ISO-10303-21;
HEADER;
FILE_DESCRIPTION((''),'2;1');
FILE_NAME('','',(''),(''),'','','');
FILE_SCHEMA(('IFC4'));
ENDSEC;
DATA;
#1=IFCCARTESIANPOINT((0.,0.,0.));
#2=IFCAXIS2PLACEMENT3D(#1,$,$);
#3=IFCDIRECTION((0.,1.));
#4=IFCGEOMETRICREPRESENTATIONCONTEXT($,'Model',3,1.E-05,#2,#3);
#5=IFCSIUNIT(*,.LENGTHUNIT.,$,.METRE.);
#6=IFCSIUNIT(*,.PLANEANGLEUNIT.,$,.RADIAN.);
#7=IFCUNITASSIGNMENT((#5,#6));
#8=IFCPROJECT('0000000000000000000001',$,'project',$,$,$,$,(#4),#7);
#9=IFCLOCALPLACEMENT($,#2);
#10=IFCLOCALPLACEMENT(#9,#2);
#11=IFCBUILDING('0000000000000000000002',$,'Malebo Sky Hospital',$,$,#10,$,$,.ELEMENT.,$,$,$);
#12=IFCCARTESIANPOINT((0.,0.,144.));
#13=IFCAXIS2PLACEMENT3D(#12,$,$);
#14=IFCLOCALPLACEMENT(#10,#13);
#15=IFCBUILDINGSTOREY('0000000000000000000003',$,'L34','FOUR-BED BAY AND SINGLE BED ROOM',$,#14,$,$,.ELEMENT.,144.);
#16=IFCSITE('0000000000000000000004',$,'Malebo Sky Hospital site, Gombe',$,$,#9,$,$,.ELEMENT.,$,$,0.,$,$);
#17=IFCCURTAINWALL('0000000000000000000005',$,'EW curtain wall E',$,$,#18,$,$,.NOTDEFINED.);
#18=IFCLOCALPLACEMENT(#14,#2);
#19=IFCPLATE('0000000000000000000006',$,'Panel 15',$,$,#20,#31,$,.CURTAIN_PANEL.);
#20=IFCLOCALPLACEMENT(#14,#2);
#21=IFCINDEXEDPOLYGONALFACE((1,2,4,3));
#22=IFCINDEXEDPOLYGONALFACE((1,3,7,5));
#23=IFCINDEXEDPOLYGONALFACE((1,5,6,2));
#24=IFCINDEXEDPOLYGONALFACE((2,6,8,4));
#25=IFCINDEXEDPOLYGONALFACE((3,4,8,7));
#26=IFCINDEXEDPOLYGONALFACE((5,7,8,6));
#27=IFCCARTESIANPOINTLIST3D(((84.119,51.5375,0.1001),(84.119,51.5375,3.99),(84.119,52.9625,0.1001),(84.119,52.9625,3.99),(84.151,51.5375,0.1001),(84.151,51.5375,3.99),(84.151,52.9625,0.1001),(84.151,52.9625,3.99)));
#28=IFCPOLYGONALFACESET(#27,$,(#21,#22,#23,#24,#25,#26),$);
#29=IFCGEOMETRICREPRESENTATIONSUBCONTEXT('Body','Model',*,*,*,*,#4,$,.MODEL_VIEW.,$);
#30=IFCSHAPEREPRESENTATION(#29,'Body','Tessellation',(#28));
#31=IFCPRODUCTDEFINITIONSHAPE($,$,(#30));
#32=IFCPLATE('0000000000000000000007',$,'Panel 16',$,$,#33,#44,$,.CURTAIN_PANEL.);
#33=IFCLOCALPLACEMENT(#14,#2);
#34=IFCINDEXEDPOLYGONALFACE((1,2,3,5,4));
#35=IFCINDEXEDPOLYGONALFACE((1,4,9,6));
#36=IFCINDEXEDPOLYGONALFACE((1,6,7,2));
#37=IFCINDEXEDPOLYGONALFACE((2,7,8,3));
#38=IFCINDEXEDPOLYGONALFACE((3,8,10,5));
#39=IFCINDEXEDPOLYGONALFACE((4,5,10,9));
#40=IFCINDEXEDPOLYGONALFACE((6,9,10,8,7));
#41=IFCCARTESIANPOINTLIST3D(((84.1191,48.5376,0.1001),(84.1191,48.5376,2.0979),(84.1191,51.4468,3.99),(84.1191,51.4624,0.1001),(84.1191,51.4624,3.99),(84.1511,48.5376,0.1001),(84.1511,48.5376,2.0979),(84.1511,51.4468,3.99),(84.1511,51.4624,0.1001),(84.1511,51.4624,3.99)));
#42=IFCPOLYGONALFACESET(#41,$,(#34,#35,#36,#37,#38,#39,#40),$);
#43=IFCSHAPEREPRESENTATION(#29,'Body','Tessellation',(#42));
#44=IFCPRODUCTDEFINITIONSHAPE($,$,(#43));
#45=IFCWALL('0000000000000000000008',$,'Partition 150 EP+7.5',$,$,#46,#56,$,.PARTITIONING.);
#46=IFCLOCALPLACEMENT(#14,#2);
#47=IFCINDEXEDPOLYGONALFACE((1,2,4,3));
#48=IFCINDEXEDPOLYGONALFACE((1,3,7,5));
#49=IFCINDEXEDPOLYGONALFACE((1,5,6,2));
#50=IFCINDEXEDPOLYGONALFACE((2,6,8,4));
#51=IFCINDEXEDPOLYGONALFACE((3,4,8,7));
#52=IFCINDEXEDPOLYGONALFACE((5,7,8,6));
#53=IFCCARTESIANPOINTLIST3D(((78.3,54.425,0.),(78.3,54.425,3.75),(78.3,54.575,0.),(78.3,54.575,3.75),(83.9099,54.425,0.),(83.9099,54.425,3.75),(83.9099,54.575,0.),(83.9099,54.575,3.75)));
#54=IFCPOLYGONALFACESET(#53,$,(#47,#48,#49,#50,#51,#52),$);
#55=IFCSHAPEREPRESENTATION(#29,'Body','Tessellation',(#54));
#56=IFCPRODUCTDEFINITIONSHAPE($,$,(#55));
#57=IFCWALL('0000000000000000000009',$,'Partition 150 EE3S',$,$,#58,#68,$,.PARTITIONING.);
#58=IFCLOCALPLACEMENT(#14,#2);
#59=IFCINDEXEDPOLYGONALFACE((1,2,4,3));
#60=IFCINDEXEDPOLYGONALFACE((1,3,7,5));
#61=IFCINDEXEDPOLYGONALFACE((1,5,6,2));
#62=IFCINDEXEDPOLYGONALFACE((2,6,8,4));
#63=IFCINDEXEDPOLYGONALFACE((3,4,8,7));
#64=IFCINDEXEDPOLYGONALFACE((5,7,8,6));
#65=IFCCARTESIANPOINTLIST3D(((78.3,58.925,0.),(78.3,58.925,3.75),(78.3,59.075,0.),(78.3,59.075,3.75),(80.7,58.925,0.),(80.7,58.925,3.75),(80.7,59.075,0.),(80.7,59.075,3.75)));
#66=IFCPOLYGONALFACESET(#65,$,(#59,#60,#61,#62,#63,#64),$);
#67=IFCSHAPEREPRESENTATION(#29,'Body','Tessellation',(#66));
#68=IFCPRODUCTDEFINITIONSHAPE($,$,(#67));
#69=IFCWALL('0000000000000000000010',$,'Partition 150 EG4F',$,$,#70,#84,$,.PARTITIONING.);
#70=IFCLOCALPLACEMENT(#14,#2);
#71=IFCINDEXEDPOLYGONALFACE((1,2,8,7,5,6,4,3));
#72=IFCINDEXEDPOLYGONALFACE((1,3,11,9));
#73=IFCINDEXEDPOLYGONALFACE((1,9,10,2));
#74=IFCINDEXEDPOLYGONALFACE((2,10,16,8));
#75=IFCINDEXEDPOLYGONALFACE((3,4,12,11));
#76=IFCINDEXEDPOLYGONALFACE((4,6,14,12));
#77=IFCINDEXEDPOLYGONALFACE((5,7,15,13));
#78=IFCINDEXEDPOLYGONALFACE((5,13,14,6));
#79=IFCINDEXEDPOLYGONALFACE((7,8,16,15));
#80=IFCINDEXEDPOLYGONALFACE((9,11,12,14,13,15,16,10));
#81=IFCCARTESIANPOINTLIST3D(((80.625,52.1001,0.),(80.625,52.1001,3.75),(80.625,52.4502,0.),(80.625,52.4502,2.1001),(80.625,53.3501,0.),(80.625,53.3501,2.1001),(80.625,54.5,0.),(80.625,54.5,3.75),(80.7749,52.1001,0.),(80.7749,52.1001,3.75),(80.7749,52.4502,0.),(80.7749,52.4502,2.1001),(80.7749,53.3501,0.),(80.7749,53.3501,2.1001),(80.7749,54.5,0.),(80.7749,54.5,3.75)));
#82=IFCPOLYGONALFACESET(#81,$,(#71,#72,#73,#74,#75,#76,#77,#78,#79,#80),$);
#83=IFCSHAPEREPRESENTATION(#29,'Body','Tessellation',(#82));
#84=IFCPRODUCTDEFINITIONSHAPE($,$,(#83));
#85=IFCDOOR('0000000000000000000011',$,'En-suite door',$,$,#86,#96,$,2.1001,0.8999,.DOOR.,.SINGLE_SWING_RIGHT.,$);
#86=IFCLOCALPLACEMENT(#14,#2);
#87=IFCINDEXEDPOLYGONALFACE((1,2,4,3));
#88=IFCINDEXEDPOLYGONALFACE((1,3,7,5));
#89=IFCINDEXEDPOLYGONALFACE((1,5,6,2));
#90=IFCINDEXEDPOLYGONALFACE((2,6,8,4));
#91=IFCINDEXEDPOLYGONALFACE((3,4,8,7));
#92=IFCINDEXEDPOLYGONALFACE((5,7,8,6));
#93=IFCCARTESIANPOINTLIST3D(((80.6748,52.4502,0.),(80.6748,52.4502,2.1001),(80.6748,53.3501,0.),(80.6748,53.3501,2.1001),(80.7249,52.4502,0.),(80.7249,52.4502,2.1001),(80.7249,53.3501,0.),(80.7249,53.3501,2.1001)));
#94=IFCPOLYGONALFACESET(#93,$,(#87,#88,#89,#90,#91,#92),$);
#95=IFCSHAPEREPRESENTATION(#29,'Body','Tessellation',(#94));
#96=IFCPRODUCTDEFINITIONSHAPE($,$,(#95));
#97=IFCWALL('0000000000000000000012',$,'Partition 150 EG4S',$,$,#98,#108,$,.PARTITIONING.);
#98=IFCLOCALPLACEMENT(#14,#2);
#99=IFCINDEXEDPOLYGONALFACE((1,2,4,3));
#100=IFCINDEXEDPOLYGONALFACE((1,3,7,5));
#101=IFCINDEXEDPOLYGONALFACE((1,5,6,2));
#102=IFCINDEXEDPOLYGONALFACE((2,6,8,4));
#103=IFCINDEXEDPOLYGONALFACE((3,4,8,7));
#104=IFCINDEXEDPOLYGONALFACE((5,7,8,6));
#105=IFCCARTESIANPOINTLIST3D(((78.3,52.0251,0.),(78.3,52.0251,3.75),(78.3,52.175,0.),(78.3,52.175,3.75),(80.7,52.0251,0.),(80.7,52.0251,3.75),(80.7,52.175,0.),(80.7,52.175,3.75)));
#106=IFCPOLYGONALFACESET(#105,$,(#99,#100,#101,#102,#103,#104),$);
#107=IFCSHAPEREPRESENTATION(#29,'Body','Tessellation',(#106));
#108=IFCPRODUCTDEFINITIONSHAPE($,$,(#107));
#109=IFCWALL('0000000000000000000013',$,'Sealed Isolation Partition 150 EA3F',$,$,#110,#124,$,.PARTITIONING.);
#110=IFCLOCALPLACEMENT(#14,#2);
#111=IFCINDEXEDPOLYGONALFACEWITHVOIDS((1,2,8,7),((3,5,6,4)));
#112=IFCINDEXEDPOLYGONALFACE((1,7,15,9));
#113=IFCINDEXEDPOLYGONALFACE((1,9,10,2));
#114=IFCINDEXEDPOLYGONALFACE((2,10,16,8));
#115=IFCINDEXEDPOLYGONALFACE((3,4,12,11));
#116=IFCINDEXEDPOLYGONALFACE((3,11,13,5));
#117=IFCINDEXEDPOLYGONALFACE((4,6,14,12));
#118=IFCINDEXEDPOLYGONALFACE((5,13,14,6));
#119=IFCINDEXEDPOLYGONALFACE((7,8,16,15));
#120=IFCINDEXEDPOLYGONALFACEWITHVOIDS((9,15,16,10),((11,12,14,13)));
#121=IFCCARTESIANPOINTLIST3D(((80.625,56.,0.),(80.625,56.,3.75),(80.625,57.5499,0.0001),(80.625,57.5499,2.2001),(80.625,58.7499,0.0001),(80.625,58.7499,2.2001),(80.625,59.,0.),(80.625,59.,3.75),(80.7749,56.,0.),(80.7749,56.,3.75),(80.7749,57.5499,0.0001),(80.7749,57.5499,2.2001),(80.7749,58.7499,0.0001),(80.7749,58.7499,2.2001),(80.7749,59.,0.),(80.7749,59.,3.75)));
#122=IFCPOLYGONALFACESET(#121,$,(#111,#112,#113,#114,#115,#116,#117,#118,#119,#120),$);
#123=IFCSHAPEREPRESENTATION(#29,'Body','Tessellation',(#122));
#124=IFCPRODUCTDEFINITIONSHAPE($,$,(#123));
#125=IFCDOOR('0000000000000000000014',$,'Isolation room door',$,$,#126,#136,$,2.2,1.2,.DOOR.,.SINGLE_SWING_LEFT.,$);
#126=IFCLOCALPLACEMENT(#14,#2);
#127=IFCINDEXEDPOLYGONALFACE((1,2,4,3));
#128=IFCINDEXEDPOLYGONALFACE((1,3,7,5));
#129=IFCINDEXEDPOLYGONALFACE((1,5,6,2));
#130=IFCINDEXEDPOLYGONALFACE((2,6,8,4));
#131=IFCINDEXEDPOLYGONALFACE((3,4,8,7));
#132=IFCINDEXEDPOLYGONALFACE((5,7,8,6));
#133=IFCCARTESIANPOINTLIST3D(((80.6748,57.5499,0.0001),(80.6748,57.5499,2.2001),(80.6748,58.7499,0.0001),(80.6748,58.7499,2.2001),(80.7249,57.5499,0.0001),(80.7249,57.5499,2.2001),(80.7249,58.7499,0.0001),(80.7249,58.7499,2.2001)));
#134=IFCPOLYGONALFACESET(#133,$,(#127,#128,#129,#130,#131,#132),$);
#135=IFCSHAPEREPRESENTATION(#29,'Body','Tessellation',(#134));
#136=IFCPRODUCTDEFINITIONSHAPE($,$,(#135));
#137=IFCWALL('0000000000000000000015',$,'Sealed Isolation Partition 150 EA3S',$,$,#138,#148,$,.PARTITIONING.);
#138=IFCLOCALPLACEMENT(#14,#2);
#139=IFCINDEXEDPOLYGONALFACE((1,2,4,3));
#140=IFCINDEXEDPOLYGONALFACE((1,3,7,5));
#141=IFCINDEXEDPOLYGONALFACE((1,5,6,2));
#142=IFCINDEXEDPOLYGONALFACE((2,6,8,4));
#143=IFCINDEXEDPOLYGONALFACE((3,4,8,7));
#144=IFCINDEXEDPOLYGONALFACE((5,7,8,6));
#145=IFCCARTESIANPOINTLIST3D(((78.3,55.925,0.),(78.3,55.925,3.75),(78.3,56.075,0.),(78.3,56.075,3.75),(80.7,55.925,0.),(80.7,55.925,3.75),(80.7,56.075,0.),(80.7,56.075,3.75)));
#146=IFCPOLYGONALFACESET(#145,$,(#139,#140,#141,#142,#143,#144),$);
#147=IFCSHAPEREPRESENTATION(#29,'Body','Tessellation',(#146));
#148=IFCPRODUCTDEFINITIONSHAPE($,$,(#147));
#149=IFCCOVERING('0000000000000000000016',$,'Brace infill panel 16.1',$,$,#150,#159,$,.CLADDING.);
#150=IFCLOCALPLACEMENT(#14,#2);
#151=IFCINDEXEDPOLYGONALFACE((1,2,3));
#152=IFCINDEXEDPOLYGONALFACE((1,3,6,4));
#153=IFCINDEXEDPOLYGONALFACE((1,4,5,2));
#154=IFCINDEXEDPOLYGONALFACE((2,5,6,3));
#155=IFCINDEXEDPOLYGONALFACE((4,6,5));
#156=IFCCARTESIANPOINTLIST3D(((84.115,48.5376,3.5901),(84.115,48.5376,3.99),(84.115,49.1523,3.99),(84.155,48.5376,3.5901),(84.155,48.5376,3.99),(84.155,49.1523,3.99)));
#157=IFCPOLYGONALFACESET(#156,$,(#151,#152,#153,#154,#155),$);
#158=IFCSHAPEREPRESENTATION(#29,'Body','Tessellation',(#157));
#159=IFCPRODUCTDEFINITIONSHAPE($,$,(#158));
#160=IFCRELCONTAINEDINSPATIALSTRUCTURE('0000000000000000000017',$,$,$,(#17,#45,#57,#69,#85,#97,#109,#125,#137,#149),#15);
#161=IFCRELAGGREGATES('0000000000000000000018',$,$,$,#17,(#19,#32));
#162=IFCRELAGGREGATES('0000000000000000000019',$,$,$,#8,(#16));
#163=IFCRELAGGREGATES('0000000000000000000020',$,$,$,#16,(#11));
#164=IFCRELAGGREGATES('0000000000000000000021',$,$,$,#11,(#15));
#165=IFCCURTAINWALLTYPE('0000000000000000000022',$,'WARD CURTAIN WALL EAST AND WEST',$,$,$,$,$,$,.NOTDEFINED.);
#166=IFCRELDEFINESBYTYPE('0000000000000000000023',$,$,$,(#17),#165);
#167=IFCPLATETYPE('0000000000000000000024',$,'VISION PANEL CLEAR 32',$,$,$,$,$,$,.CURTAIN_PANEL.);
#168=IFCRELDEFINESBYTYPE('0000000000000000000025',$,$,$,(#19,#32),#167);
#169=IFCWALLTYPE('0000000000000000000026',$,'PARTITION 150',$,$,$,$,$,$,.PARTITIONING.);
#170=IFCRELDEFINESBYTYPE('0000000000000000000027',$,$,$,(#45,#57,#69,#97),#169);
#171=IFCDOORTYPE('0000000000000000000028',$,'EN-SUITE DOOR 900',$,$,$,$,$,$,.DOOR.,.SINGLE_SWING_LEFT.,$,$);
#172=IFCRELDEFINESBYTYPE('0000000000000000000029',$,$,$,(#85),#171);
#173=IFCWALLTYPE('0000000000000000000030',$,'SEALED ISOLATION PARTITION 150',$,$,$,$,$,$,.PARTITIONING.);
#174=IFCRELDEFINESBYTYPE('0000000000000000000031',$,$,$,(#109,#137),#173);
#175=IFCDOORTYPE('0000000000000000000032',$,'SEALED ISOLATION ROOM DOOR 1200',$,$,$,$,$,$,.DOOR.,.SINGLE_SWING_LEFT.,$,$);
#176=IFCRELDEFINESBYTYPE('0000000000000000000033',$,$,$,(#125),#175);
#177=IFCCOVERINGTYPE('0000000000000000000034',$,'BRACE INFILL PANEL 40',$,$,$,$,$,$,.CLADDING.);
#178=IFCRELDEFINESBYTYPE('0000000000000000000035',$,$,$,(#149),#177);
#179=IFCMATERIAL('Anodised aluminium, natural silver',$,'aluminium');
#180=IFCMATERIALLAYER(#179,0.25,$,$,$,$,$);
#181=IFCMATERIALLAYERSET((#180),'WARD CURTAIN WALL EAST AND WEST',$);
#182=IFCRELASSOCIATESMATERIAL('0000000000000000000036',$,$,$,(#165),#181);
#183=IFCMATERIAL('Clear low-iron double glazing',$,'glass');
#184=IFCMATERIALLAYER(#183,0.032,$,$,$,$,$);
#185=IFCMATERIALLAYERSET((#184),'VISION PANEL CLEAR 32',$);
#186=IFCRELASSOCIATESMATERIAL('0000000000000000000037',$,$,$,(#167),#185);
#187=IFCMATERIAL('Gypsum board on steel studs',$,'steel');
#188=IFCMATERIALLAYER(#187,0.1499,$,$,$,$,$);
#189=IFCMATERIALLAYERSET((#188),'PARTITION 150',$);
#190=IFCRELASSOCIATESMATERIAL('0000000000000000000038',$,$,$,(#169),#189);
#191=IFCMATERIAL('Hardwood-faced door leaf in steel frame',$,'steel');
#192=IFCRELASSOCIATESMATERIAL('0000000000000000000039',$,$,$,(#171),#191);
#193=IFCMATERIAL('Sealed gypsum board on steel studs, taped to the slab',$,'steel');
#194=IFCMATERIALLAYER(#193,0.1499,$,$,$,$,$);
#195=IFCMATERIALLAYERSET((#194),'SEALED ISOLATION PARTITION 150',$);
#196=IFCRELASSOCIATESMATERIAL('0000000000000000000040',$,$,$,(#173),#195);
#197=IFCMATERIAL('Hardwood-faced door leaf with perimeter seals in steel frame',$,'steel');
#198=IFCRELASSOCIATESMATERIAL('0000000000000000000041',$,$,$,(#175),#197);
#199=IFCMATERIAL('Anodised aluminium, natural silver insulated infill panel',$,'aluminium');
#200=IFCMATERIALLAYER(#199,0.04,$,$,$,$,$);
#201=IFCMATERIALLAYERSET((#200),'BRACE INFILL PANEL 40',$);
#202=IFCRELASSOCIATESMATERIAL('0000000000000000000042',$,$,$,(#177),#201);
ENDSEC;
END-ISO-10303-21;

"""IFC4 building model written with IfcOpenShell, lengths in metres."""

from ifc_helpers import new_model, si_unit, direction, frame, frame_2d, origin, origin_2d, place, context, subcontext, project, spatial, polyline, rectangle, outline, extrude, material, layer, layer_set, type_object, element, fill, aggregate, save


model = new_model("IFC4")

# Units and contexts
model_context = context("Model", 3, precision=1e-05, world=origin(), true_north=direction((0.0, 1.0)))
body_context = subcontext(model_context, "Body", "Model", "MODEL_VIEW")
ifc_project = project(units=[si_unit("LENGTHUNIT", "METRE"), si_unit("PLANEANGLEUNIT", "RADIAN")], contexts=[model_context])

# Site, building, storey
site_placement = place(None, origin())
site = spatial("IfcSite", under=ifc_project, at=site_placement, Name="Malebo Sky Hospital site, Gombe", CompositionType="ELEMENT", RefElevation=0.0)
building_placement = place(site_placement, origin())
building = spatial("IfcBuilding", under=site, at=building_placement, Name="Malebo Sky Hospital", CompositionType="ELEMENT")
storey_placement = place(building_placement, frame((0.0, 0.0, 144.0)))
storey = spatial("IfcBuildingStorey", under=building, at=storey_placement, Name="L34", Description="FOUR-BED BAY AND SINGLE BED ROOM", CompositionType="ELEMENT", Elevation=144.0)

# Curtain wall
ifc_material_1 = material(Name="Anodised aluminium, natural silver", Category="aluminium")
ifc_layer_1 = layer(ifc_material_1, 0.25)
ifc_layer_set_1 = layer_set([ifc_layer_1], Name="WARD CURTAIN WALL EAST AND WEST")
curtain_wall_type = type_object("IfcCurtainWallType", Name="WARD CURTAIN WALL EAST AND WEST", PredefinedType="NOTDEFINED", material=ifc_layer_set_1)
curtain_wall_placement = place(storey_placement, origin())
curtain_wall = element("IfcCurtainWall", 1, at=curtain_wall_placement, inside=storey, type_object=curtain_wall_type, Name="EW curtain wall E", PredefinedType="NOTDEFINED")

# Plates
ifc_material_2 = material(Name="Clear low-iron double glazing", Category="glass")
ifc_layer_2 = layer(ifc_material_2, 0.032)
ifc_layer_set_2 = layer_set([ifc_layer_2], Name="VISION PANEL CLEAR 32")
plate_type = type_object("IfcPlateType", Name="VISION PANEL CLEAR 32", PredefinedType="CURTAIN_PANEL", material=ifc_layer_set_2)
plate_1_placement = place(storey_placement, frame((84.135, 52.25, 0.1001), z_axis=(0.0, 0.0, 1.0), x_axis=(0.0, -1.0, 0.0)))
plate_1 = element("IfcPlate", 2, at=plate_1_placement, type_object=plate_type, Name="Panel 15", PredefinedType="CURTAIN_PANEL", context=body_context, shape_type="SweptSolid", body=[
    extrude(rectangle(XDim=1.425, YDim=0.032, at=origin_2d()), origin(), (0.0, 0.0, 1.0), 3.8899),
])
plate_2_placement = place(storey_placement, frame((84.135, 50.0, 0.1001), z_axis=(0.0, 0.0, 1.0), x_axis=(0.0, -1.0, 0.0)))
plate_2 = element("IfcPlate", 3, at=plate_2_placement, type_object=plate_type, Name="Panel 16", PredefinedType="CURTAIN_PANEL", context=body_context, shape_type="SweptSolid", body=[
    extrude(outline(polyline([(-1.4624, 0.0), (1.4624, 0.0), (1.4624, 1.9978), (-1.4468, 3.8899), (-1.4624, 3.8899), (-1.4624, 0.0)])), frame((0.0, 0.0161, 0.0), z_axis=(0.0, -1.0, 0.0), x_axis=(1.0, 0.0, 0.0)), (0.0, 0.0, 1.0), 0.032),
])
aggregate(curtain_wall, [plate_1, plate_2])

# Walls
ifc_material_3 = material(Name="Gypsum board on steel studs", Category="steel")
ifc_layer_3 = layer(ifc_material_3, 0.1499)
ifc_layer_set_3 = layer_set([ifc_layer_3], Name="PARTITION 150")
wall_type_1 = type_object("IfcWallType", Name="PARTITION 150", PredefinedType="PARTITIONING", material=ifc_layer_set_3)
wall_1_placement = place(storey_placement, frame((78.3, 54.5, 0.0), z_axis=(0.0, 0.0, 1.0), x_axis=(1.0, 0.0, 0.0)))
element("IfcWall", 4, at=wall_1_placement, inside=storey, type_object=wall_type_1, Name="Partition 150 EP+7.5", PredefinedType="PARTITIONING", context=body_context, shape_type="SweptSolid", body=[
    extrude(rectangle(XDim=5.6099, YDim=0.1499, at=frame_2d((2.8049, 0.0))), origin(), (0.0, 0.0, 1.0), 3.75),
])
wall_2_placement = place(storey_placement, frame((78.3, 59.0, 0.0), z_axis=(0.0, 0.0, 1.0), x_axis=(1.0, 0.0, 0.0)))
element("IfcWall", 5, at=wall_2_placement, inside=storey, type_object=wall_type_1, Name="Partition 150 EE3S", PredefinedType="PARTITIONING", context=body_context, shape_type="SweptSolid", body=[
    extrude(rectangle(XDim=2.3999, YDim=0.1499, at=frame_2d((1.2, 0.0))), origin(), (0.0, 0.0, 1.0), 3.75),
])

# Wall, opening, door
wall_3_placement = place(storey_placement, frame((80.7, 54.5, 0.0), z_axis=(0.0, 0.0, 1.0), x_axis=(0.0, -1.0, 0.0)))
wall_3 = element("IfcWall", 6, at=wall_3_placement, inside=storey, type_object=wall_type_1, Name="Partition 150 EG4F", PredefinedType="PARTITIONING", context=body_context, shape_type="SweptSolid", body=[
    extrude(rectangle(XDim=2.3999, YDim=0.1499, at=frame_2d((1.2, 0.0))), origin(), (0.0, 0.0, 1.0), 3.75),
])
opening_1_placement = place(wall_3_placement, frame((1.1499, 0.0, 0.0)))
opening_1 = element("IfcOpeningElement", 7, at=opening_1_placement, cuts=wall_3, PredefinedType="OPENING", context=body_context, shape_type="SweptSolid", body=[
    extrude(rectangle(XDim=0.8999, YDim=2.1001, at=frame_2d((0.45, 1.05))), frame((0.0, 0.085, 0.0), z_axis=(0.0, -1.0, 0.0), x_axis=(1.0, 0.0, 0.0)), (0.0, 0.0, 1.0), 0.1699),
])
ifc_material_4 = material(Name="Hardwood-faced door leaf in steel frame", Category="steel")
door_type_1 = type_object("IfcDoorType", Name="EN-SUITE DOOR 900", OperationType="SINGLE_SWING_LEFT", PredefinedType="DOOR", material=ifc_material_4)
door_1_placement = place(opening_1_placement, origin())
door_1 = element("IfcDoor", 8, at=door_1_placement, inside=storey, type_object=door_type_1, Name="En-suite door", OperationType="SINGLE_SWING_RIGHT", OverallHeight=2.1001, OverallWidth=0.8999, PredefinedType="DOOR", context=body_context, shape_type="SweptSolid", body=[
    extrude(rectangle(XDim=0.8999, YDim=2.1001, at=frame_2d((0.45, 1.05))), frame((0.0, 0.0249, 0.0), z_axis=(0.0, -1.0, 0.0), x_axis=(1.0, 0.0, 0.0)), (0.0, 0.0, 1.0), 0.05),
])
fill(opening_1, door_1)

# Wall
wall_4_placement = place(storey_placement, frame((78.3, 52.1001, 0.0), z_axis=(0.0, 0.0, 1.0), x_axis=(1.0, 0.0, 0.0)))
element("IfcWall", 9, at=wall_4_placement, inside=storey, type_object=wall_type_1, Name="Partition 150 EG4S", PredefinedType="PARTITIONING", context=body_context, shape_type="SweptSolid", body=[
    extrude(rectangle(XDim=2.3999, YDim=0.1499, at=frame_2d((1.2, 0.0))), origin(), (0.0, 0.0, 1.0), 3.75),
])

# Wall, opening, door
ifc_material_5 = material(Name="Sealed gypsum board on steel studs, taped to the slab", Category="steel")
ifc_layer_4 = layer(ifc_material_5, 0.1499)
ifc_layer_set_4 = layer_set([ifc_layer_4], Name="SEALED ISOLATION PARTITION 150")
wall_type_2 = type_object("IfcWallType", Name="SEALED ISOLATION PARTITION 150", PredefinedType="PARTITIONING", material=ifc_layer_set_4)
wall_5_placement = place(storey_placement, frame((80.7, 59.0, 0.0), z_axis=(0.0, 0.0, 1.0), x_axis=(0.0, -1.0, 0.0)))
wall_5 = element("IfcWall", 10, at=wall_5_placement, inside=storey, type_object=wall_type_2, Name="Sealed Isolation Partition 150 EA3F", PredefinedType="PARTITIONING", context=body_context, shape_type="SweptSolid", body=[
    extrude(rectangle(XDim=3.0, YDim=0.1499, at=frame_2d((1.5, 0.0))), origin(), (0.0, 0.0, 1.0), 3.75),
])
opening_2_placement = place(wall_5_placement, frame((0.25, 0.0, 0.0)))
opening_2 = element("IfcOpeningElement", 11, at=opening_2_placement, cuts=wall_5, PredefinedType="OPENING", context=body_context, shape_type="SweptSolid", body=[
    extrude(rectangle(XDim=1.2, YDim=2.2, at=frame_2d((0.6001, 1.1001))), frame((0.0, 0.085, 0.0), z_axis=(0.0, -1.0, 0.0), x_axis=(1.0, 0.0, 0.0)), (0.0, 0.0, 1.0), 0.1699),
])
ifc_material_6 = material(Name="Hardwood-faced door leaf with perimeter seals in steel frame", Category="steel")
door_type_2 = type_object("IfcDoorType", Name="SEALED ISOLATION ROOM DOOR 1200", OperationType="SINGLE_SWING_LEFT", PredefinedType="DOOR", material=ifc_material_6)
door_2_placement = place(opening_2_placement, origin())
door_2 = element("IfcDoor", 12, at=door_2_placement, inside=storey, type_object=door_type_2, Name="Isolation room door", OperationType="SINGLE_SWING_LEFT", OverallHeight=2.2, OverallWidth=1.2, PredefinedType="DOOR", context=body_context, shape_type="SweptSolid", body=[
    extrude(rectangle(XDim=1.2, YDim=2.2, at=frame_2d((0.6001, 1.1001))), frame((0.0, 0.0249, 0.0), z_axis=(0.0, -1.0, 0.0), x_axis=(1.0, 0.0, 0.0)), (0.0, 0.0, 1.0), 0.05),
])
fill(opening_2, door_2)

# Wall
wall_6_placement = place(storey_placement, frame((78.3, 56.0, 0.0), z_axis=(0.0, 0.0, 1.0), x_axis=(1.0, 0.0, 0.0)))
element("IfcWall", 13, at=wall_6_placement, inside=storey, type_object=wall_type_2, Name="Sealed Isolation Partition 150 EA3S", PredefinedType="PARTITIONING", context=body_context, shape_type="SweptSolid", body=[
    extrude(rectangle(XDim=2.3999, YDim=0.1499, at=frame_2d((1.2, 0.0))), origin(), (0.0, 0.0, 1.0), 3.75),
])

# Covering
ifc_material_7 = material(Name="Anodised aluminium, natural silver insulated infill panel", Category="aluminium")
ifc_layer_5 = layer(ifc_material_7, 0.04)
ifc_layer_set_5 = layer_set([ifc_layer_5], Name="BRACE INFILL PANEL 40")
covering_type = type_object("IfcCoveringType", Name="BRACE INFILL PANEL 40", PredefinedType="CLADDING", material=ifc_layer_set_5)
covering_placement = place(storey_placement, frame((84.135, 48.845, 3.5901), z_axis=(0.0, 0.0, 1.0), x_axis=(0.0, -1.0, 0.0)))
element("IfcCovering", 14, at=covering_placement, inside=storey, type_object=covering_type, Name="Brace infill panel 16.1", PredefinedType="CLADDING", context=body_context, shape_type="SweptSolid", body=[
    extrude(outline(polyline([(0.3074, 0.0), (0.3074, 0.3999), (-0.3074, 0.3999), (0.3074, 0.0)])), frame((0.0, 0.02, 0.0), z_axis=(0.0, -1.0, 0.0), x_axis=(1.0, 0.0, 0.0)), (0.0, 0.0, 1.0), 0.04),
])

save(model, "model.ifc")
